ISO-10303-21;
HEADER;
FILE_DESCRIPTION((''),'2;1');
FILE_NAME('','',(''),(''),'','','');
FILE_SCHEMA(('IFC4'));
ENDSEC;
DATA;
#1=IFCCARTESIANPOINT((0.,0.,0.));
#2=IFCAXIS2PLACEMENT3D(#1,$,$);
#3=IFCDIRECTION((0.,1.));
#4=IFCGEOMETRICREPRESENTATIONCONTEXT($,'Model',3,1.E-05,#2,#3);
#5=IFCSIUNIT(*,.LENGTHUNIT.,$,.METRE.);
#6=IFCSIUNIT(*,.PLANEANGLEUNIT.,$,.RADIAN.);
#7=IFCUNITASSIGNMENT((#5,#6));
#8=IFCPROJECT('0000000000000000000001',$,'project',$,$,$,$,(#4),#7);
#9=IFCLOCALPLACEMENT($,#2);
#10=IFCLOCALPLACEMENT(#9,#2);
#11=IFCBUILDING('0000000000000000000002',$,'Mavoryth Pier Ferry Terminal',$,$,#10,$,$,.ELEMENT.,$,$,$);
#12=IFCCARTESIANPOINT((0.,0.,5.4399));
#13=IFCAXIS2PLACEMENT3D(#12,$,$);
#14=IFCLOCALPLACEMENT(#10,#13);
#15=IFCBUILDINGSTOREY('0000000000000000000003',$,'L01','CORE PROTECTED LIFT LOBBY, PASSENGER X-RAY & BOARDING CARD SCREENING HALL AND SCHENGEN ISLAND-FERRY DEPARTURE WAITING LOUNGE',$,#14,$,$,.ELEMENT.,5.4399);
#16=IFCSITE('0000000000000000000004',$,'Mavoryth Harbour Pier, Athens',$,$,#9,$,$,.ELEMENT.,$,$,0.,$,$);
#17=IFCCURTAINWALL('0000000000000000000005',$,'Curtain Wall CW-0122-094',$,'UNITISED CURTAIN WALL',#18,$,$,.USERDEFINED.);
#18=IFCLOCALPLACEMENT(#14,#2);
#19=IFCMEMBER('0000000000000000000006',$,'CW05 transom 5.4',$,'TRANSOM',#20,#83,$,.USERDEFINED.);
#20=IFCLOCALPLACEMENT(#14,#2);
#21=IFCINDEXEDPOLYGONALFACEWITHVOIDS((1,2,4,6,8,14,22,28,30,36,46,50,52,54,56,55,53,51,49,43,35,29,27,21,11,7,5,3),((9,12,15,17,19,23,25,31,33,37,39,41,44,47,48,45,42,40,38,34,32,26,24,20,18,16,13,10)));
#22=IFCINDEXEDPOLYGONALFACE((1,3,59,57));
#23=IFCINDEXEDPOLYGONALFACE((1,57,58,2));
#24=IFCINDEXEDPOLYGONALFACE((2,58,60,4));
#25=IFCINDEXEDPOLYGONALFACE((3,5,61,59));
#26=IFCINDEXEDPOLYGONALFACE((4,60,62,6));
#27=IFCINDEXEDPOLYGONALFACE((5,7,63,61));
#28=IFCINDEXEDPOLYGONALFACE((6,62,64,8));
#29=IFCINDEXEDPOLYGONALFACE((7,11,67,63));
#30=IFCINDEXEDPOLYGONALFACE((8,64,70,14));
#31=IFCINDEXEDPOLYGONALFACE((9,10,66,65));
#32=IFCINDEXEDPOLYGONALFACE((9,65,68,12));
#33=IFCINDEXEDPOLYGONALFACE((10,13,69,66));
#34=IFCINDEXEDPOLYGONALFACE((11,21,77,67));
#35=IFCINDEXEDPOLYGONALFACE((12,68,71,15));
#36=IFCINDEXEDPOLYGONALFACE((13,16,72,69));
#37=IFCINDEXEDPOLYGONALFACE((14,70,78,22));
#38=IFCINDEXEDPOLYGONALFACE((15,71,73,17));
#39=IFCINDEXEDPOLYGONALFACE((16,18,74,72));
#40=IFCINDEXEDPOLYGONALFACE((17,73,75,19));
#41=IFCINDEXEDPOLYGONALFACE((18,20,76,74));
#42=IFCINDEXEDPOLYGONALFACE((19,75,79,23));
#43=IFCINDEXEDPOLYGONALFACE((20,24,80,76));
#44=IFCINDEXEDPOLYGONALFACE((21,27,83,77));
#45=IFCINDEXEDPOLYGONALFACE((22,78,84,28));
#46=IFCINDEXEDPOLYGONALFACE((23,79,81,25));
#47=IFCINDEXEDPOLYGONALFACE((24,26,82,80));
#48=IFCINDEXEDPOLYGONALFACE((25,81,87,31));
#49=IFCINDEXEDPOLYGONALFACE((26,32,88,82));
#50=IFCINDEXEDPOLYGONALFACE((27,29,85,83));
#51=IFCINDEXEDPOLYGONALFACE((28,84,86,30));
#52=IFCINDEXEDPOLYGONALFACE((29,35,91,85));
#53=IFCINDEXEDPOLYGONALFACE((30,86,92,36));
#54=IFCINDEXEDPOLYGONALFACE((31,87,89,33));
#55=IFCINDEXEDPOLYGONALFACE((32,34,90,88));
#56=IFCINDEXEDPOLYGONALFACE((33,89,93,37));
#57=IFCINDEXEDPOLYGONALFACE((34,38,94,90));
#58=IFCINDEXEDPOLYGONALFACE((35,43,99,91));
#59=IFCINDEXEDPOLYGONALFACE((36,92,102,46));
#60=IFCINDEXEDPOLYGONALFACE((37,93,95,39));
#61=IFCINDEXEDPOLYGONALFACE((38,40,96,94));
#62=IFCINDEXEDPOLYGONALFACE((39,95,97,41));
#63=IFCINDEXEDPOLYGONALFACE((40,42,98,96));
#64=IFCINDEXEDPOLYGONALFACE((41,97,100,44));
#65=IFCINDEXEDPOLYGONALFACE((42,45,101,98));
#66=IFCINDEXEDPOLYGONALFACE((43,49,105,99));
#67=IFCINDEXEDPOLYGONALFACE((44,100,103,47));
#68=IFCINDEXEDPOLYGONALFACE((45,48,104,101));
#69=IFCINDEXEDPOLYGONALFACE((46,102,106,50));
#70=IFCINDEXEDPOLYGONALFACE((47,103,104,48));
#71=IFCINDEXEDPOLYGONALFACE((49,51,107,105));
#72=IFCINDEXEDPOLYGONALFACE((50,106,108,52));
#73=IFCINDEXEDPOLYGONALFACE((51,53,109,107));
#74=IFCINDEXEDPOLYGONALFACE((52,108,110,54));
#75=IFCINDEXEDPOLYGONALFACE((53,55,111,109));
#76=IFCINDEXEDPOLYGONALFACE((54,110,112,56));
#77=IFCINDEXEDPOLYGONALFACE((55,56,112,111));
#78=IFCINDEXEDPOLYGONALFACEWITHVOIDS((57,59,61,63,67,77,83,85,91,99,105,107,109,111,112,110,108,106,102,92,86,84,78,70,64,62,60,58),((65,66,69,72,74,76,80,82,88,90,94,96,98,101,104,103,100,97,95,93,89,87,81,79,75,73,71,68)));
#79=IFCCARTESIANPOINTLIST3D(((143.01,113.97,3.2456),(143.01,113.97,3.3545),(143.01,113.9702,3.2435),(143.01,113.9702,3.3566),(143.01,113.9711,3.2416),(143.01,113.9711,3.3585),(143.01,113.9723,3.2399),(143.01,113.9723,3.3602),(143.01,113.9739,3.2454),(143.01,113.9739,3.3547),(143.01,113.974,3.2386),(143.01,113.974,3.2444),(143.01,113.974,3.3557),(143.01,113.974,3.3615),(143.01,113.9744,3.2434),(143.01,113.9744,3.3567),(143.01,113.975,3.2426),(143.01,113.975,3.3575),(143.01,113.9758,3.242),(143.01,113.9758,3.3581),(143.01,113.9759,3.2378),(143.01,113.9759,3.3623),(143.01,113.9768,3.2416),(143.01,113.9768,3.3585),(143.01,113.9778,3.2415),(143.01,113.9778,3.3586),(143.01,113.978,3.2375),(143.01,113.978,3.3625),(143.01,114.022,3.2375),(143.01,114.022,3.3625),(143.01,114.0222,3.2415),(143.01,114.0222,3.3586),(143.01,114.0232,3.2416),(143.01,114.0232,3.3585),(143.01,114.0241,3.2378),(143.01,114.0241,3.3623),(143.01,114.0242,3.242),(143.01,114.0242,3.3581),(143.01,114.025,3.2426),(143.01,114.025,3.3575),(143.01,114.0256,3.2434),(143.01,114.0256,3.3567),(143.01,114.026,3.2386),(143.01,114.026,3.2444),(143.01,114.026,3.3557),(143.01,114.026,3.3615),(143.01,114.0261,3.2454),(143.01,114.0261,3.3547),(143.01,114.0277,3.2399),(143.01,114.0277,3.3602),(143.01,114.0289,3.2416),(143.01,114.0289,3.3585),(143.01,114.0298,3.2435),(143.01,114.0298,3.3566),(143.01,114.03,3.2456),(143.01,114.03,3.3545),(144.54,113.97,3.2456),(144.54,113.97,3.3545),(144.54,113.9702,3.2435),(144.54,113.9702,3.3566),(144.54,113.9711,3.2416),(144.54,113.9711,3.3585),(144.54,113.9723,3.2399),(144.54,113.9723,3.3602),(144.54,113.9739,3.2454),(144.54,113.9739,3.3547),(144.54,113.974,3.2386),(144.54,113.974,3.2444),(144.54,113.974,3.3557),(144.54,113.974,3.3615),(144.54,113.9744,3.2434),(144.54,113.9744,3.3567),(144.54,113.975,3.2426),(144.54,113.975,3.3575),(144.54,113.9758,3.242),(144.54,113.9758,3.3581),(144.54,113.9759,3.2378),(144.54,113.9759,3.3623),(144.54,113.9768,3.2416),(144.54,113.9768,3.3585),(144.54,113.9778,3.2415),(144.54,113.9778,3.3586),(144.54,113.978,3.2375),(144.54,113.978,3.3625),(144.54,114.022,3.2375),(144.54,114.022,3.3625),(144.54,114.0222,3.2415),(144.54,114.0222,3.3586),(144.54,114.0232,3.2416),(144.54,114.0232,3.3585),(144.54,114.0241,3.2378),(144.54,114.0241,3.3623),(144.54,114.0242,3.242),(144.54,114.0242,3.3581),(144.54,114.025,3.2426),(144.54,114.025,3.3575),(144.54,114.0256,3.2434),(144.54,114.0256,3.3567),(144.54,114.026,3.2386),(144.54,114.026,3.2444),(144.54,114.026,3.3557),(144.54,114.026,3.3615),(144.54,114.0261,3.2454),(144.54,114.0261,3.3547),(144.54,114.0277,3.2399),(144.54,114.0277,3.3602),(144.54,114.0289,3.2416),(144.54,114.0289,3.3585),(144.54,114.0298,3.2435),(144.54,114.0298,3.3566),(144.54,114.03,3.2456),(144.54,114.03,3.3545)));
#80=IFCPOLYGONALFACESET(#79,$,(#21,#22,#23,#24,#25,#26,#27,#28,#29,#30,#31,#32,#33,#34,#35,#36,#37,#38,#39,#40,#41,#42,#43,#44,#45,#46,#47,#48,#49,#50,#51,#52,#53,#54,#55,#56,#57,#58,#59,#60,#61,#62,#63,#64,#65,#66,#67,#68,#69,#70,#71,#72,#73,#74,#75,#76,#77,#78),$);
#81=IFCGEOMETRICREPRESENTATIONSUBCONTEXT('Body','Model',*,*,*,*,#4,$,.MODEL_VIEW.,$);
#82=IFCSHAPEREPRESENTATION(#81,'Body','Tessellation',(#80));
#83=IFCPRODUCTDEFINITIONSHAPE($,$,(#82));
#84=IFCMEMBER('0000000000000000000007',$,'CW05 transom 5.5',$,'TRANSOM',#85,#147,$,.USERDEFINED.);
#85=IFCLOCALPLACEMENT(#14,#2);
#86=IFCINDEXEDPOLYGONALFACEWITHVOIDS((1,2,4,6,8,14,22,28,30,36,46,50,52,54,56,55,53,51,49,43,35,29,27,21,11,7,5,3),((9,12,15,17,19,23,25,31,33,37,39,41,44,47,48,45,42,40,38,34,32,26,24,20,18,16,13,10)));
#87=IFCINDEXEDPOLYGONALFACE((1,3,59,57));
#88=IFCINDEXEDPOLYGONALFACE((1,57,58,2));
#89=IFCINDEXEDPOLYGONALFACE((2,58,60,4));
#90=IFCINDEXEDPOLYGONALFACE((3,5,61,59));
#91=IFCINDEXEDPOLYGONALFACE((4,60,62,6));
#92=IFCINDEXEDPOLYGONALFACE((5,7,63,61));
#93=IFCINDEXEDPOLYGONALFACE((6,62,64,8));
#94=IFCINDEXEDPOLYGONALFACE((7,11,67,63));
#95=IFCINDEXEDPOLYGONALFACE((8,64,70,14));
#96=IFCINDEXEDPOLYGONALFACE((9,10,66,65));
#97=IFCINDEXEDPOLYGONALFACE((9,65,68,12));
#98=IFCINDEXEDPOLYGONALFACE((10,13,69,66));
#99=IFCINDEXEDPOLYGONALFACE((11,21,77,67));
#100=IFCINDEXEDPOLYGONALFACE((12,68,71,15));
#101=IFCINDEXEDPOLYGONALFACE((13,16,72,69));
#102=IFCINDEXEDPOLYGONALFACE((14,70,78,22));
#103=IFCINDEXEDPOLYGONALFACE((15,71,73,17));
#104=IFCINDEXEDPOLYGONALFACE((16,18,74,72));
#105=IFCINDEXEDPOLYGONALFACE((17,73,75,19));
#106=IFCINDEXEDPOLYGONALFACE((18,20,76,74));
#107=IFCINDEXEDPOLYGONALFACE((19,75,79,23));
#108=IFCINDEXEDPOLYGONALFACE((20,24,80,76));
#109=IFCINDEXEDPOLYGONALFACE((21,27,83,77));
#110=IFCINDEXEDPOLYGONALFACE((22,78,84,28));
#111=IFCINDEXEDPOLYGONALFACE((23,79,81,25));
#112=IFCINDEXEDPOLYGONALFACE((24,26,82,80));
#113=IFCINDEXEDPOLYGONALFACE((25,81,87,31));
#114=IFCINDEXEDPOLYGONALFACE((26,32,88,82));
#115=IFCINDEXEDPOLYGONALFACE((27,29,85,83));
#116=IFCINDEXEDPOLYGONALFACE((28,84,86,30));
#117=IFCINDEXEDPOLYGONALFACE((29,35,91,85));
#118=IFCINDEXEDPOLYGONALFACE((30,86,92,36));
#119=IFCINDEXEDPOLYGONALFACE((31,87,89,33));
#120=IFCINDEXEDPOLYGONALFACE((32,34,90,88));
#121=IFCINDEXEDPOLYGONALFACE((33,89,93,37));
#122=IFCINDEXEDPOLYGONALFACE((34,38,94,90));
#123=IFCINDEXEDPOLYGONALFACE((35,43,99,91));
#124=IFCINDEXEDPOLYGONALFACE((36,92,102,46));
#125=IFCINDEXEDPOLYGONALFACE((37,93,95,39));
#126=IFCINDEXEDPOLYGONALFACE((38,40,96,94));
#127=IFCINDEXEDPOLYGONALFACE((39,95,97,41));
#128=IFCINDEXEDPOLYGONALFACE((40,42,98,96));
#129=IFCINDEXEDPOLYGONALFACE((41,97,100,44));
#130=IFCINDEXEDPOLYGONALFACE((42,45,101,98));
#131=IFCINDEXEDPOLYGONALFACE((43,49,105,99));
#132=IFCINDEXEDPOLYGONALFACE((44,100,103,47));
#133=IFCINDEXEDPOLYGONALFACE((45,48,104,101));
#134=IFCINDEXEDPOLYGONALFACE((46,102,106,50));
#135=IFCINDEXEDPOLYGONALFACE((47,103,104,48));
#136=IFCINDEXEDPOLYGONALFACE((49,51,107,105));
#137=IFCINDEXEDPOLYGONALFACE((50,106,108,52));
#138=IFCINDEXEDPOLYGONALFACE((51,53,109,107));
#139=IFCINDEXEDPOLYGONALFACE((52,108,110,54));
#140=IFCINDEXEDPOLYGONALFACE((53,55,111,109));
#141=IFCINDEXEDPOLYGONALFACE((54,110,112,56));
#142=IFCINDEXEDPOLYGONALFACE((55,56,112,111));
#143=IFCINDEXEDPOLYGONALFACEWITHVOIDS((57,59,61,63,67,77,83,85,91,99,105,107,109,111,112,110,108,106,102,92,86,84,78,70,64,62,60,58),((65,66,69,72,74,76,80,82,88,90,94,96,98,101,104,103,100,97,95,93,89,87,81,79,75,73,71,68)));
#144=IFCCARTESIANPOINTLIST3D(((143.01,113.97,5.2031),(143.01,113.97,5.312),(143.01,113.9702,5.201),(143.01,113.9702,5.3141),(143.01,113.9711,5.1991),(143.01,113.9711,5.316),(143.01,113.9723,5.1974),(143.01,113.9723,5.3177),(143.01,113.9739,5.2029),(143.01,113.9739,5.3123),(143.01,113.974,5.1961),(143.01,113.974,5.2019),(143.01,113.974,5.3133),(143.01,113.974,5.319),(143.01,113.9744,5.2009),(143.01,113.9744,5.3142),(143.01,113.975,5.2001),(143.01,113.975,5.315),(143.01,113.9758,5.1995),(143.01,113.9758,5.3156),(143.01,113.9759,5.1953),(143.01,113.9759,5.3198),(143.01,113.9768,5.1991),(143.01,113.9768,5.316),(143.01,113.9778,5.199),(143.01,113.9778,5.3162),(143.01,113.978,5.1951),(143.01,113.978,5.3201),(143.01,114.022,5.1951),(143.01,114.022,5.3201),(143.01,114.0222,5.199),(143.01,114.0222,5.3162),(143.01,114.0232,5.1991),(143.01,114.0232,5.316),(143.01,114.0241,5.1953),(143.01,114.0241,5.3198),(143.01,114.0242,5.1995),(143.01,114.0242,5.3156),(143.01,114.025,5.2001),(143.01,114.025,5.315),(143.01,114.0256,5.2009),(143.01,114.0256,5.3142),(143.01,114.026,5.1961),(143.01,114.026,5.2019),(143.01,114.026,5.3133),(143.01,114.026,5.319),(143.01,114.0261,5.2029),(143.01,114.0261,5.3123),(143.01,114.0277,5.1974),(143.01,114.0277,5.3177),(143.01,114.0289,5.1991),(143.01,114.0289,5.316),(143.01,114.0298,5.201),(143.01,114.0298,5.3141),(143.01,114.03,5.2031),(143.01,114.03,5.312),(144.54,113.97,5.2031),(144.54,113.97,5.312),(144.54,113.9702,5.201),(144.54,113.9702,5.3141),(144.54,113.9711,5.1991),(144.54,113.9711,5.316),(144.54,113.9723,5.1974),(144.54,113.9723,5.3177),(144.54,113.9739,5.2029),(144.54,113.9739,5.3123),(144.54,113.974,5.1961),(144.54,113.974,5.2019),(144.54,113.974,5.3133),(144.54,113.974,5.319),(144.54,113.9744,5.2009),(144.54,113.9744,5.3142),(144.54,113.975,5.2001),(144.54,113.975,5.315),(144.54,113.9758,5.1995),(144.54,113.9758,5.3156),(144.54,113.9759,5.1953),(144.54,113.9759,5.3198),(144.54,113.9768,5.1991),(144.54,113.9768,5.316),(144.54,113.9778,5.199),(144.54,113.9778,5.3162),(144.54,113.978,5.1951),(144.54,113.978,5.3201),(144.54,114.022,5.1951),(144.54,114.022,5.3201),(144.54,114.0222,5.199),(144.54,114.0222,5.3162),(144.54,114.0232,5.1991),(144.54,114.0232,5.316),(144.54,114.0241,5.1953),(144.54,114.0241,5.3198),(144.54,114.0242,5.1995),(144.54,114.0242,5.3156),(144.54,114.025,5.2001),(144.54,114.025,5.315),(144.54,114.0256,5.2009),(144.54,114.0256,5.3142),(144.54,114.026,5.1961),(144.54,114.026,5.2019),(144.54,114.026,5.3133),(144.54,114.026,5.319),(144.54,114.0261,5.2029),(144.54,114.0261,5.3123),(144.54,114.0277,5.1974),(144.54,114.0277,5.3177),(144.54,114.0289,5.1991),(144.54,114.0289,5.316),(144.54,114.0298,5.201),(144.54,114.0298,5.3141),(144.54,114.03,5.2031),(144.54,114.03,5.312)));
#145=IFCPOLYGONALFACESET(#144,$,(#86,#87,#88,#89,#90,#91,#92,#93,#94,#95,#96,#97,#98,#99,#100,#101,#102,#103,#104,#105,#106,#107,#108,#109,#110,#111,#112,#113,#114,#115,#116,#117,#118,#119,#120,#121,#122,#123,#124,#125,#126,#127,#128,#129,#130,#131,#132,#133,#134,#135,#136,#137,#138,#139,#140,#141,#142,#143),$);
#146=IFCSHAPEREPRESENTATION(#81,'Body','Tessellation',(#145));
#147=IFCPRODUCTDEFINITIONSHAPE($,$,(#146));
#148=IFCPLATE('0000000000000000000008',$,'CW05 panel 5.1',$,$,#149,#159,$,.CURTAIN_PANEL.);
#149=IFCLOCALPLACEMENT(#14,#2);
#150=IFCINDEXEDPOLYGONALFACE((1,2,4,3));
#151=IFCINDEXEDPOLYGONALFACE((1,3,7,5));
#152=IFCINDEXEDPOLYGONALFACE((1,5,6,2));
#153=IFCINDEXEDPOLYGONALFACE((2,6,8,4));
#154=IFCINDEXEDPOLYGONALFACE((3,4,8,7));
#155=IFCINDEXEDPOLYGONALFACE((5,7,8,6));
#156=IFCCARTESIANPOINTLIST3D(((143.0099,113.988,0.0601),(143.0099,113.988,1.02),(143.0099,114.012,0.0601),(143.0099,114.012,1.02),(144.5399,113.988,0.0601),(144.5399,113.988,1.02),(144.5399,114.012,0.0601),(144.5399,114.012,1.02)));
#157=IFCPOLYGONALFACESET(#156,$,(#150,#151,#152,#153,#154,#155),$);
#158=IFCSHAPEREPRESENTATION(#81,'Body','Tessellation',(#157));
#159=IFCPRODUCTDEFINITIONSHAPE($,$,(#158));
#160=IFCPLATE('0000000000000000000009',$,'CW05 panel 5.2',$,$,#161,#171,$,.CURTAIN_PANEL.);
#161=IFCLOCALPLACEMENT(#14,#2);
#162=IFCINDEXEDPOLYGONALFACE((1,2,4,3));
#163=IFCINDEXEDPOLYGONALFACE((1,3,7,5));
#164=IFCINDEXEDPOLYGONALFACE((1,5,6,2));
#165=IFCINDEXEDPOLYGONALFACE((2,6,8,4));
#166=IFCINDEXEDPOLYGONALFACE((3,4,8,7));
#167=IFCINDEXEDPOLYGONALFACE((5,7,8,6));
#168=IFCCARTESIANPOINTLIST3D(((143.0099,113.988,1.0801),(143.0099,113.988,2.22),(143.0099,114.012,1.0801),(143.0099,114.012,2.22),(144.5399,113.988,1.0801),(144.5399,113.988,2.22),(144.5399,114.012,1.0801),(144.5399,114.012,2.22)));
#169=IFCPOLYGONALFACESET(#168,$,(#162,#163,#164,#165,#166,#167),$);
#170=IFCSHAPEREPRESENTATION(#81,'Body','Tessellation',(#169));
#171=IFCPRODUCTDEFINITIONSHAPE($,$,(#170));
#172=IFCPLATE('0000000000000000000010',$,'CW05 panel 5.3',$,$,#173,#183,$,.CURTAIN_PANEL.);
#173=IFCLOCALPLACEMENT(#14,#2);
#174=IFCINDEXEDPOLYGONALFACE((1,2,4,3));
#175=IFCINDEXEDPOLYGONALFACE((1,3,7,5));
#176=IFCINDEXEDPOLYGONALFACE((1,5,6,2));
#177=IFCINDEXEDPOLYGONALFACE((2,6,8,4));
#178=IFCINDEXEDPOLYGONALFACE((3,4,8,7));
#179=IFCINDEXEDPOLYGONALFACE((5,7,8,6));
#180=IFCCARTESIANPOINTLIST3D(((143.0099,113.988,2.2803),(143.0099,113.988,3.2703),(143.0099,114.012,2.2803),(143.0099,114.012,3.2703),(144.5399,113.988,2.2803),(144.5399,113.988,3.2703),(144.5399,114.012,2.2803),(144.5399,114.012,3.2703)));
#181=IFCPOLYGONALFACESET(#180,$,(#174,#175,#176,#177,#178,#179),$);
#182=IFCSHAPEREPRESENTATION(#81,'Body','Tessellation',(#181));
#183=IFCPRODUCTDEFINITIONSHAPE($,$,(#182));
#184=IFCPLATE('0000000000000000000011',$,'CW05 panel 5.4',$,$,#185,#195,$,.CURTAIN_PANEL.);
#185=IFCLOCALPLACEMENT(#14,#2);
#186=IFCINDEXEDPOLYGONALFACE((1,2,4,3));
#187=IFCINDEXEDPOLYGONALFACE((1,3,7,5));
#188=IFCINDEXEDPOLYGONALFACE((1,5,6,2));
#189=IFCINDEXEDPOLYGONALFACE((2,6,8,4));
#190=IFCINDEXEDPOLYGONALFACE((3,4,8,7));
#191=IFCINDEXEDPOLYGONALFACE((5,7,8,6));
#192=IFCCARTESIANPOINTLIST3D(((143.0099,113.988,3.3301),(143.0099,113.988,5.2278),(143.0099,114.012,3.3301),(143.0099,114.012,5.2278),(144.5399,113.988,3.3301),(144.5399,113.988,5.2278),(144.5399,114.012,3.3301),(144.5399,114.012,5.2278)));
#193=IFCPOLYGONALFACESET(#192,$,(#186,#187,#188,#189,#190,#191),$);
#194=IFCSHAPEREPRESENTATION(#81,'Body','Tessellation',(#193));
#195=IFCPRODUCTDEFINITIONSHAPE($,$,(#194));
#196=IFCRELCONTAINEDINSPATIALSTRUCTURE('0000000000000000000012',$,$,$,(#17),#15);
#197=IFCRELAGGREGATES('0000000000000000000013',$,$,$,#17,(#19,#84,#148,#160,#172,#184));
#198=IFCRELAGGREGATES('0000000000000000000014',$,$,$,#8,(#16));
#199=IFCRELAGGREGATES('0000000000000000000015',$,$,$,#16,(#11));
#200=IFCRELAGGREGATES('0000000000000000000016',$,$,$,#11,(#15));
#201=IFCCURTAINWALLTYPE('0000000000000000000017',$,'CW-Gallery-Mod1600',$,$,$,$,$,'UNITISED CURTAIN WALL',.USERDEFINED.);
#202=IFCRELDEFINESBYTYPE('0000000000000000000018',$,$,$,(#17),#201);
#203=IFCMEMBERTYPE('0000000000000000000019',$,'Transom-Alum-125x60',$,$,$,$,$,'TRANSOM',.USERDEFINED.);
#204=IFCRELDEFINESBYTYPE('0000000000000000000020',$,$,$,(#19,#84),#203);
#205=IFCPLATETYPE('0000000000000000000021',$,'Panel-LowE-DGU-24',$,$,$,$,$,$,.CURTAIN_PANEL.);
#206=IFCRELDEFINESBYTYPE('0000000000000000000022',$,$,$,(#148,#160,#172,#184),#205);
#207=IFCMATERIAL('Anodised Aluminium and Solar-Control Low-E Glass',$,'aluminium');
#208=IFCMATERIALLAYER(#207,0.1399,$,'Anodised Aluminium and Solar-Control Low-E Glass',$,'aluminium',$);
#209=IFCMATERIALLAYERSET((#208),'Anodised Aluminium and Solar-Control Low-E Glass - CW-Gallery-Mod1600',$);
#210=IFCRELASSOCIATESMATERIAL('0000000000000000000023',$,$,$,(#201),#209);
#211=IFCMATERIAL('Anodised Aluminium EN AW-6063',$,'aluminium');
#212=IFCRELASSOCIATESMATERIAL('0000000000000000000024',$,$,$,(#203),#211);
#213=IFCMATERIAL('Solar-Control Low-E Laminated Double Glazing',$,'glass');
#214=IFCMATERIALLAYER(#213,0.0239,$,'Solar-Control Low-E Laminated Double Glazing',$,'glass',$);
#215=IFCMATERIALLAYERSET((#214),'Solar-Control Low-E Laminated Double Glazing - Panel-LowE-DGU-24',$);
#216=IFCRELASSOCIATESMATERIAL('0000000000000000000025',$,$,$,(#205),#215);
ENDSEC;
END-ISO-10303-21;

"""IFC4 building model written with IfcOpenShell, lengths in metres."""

from ifc_helpers import new_model, si_unit, direction, frame, origin, origin_2d, place, context, subcontext, project, spatial, rectangle, hollow_rectangle, extrude, material, layer, layer_set, material_profile, profile_set, type_object, element, aggregate, save


model = new_model("IFC4")

# Units and contexts
model_context = context("Model", 3, precision=1e-05, world=origin(), true_north=direction((0.0, 1.0)))
body_context = subcontext(model_context, "Body", "Model", "MODEL_VIEW")
ifc_project = project(units=[si_unit("LENGTHUNIT", "METRE"), si_unit("PLANEANGLEUNIT", "RADIAN")], contexts=[model_context])

# Site, building, storey
site_placement = place(None, origin())
site = spatial("IfcSite", under=ifc_project, at=site_placement, Name="Mavoryth Harbour Pier, Athens", CompositionType="ELEMENT", RefElevation=0.0)
building_placement = place(site_placement, origin())
building = spatial("IfcBuilding", under=site, at=building_placement, Name="Mavoryth Pier Ferry Terminal", CompositionType="ELEMENT")
storey_placement = place(building_placement, frame((0.0, 0.0, 5.4399)))
storey = spatial("IfcBuildingStorey", under=building, at=storey_placement, Name="L01", Description="CORE PROTECTED LIFT LOBBY, PASSENGER X-RAY & BOARDING CARD SCREENING HALL AND SCHENGEN ISLAND-FERRY DEPARTURE WAITING LOUNGE", CompositionType="ELEMENT", Elevation=5.4399)

# Curtain wall
ifc_material_1 = material(Name="Anodised Aluminium and Solar-Control Low-E Glass", Category="aluminium")
ifc_layer_1 = layer(ifc_material_1, 0.1399, Name="Anodised Aluminium and Solar-Control Low-E Glass", Category="aluminium")
ifc_layer_set_1 = layer_set([ifc_layer_1], Name="Anodised Aluminium and Solar-Control Low-E Glass - CW-Gallery-Mod1600")
curtain_wall_type = type_object("IfcCurtainWallType", Name="CW-Gallery-Mod1600", ElementType="UNITISED CURTAIN WALL", PredefinedType="USERDEFINED", material=ifc_layer_set_1)
curtain_wall_placement = place(storey_placement, origin())
curtain_wall = element("IfcCurtainWall", 1, at=curtain_wall_placement, inside=storey, type_object=curtain_wall_type, Name="Curtain Wall CW-0122-094", ObjectType="UNITISED CURTAIN WALL", PredefinedType="USERDEFINED")
ifc_material_2 = material(Name="Anodised Aluminium EN AW-6063", Category="aluminium")

# Members
ifc_material_profile_1 = material_profile(ifc_material_2, hollow_rectangle(XDim=0.0601, YDim=0.125, WallThickness=0.0039, InnerFilletRadius=0.0039, OuterFilletRadius=0.0081, at=origin_2d()), Name="AL-TRAN 125x60x4", Category="aluminium")
ifc_profile_set_1 = profile_set([ifc_material_profile_1], Name="Anodised Aluminium EN AW-6063 - AL-TRAN 125x60x4")
member_type_1 = type_object("IfcMemberType", Name="Transom-Alum-125x60", ElementType="TRANSOM", PredefinedType="USERDEFINED", material=ifc_profile_set_1)
member_1_placement = place(storey_placement, frame((144.54, 114.0, 3.3), z_axis=(-1.0, 0.0, 0.0), x_axis=(0.0, -1.0, 0.0)))
member_1 = element("IfcMember", 2, at=member_1_placement, type_object=member_type_1, Name="CW05 transom 5.4", ObjectType="TRANSOM", PredefinedType="USERDEFINED", context=body_context, shape_type="SweptSolid", body=[
    extrude(hollow_rectangle(XDim=0.0601, YDim=0.125, WallThickness=0.0039, InnerFilletRadius=0.0039, OuterFilletRadius=0.0081, at=origin_2d()), origin(), (0.0, 0.0, 1.0), 1.53),
])
member_2_placement = place(storey_placement, frame((144.54, 114.0, 5.2576), z_axis=(-1.0, 0.0, 0.0), x_axis=(0.0, -1.0, 0.0)))
member_2 = element("IfcMember", 3, at=member_2_placement, type_object=member_type_1, Name="CW05 transom 5.5", ObjectType="TRANSOM", PredefinedType="USERDEFINED", context=body_context, shape_type="SweptSolid", body=[
    extrude(hollow_rectangle(XDim=0.0601, YDim=0.125, WallThickness=0.0039, InnerFilletRadius=0.0039, OuterFilletRadius=0.0081, at=origin_2d()), origin(), (0.0, 0.0, 1.0), 1.53),
])

# Plates
ifc_material_3 = material(Name="Solar-Control Low-E Laminated Double Glazing", Category="glass")
ifc_layer_2 = layer(ifc_material_3, 0.0239, Name="Solar-Control Low-E Laminated Double Glazing", Category="glass")
ifc_layer_set_2 = layer_set([ifc_layer_2], Name="Solar-Control Low-E Laminated Double Glazing - Panel-LowE-DGU-24")
plate_type_1 = type_object("IfcPlateType", Name="Panel-LowE-DGU-24", PredefinedType="CURTAIN_PANEL", material=ifc_layer_set_2)
plate_1_placement = place(storey_placement, frame((143.7749, 114.0, 0.0601), z_axis=(0.0, 0.0, 1.0), x_axis=(-1.0, 0.0, 0.0)))
plate_1 = element("IfcPlate", 4, at=plate_1_placement, type_object=plate_type_1, Name="CW05 panel 5.1", PredefinedType="CURTAIN_PANEL", context=body_context, shape_type="SweptSolid", body=[
    extrude(rectangle(XDim=1.53, YDim=0.0239, at=origin_2d()), origin(), (0.0, 0.0, 1.0), 0.96),
])
plate_2_placement = place(storey_placement, frame((143.7749, 114.0, 1.0801), z_axis=(0.0, 0.0, 1.0), x_axis=(-1.0, 0.0, 0.0)))
plate_2 = element("IfcPlate", 5, at=plate_2_placement, type_object=plate_type_1, Name="CW05 panel 5.2", PredefinedType="CURTAIN_PANEL", context=body_context, shape_type="SweptSolid", body=[
    extrude(rectangle(XDim=1.53, YDim=0.0239, at=origin_2d()), origin(), (0.0, 0.0, 1.0), 1.1399),
])
plate_3_placement = place(storey_placement, frame((143.7749, 114.0, 2.2803), z_axis=(0.0, 0.0, 1.0), x_axis=(-1.0, 0.0, 0.0)))
plate_3 = element("IfcPlate", 6, at=plate_3_placement, type_object=plate_type_1, Name="CW05 panel 5.3", PredefinedType="CURTAIN_PANEL", context=body_context, shape_type="SweptSolid", body=[
    extrude(rectangle(XDim=1.53, YDim=0.0239, at=origin_2d()), origin(), (0.0, 0.0, 1.0), 0.99),
])
plate_4_placement = place(storey_placement, frame((143.7749, 114.0, 3.3301), z_axis=(0.0, 0.0, 1.0), x_axis=(-1.0, 0.0, 0.0)))
plate_4 = element("IfcPlate", 7, at=plate_4_placement, type_object=plate_type_1, Name="CW05 panel 5.4", PredefinedType="CURTAIN_PANEL", context=body_context, shape_type="SweptSolid", body=[
    extrude(rectangle(XDim=1.53, YDim=0.0239, at=origin_2d()), origin(), (0.0, 0.0, 1.0), 1.8977),
])
aggregate(curtain_wall, [member_1, member_2, plate_1, plate_2, plate_3, plate_4])

save(model, "model.ifc")
